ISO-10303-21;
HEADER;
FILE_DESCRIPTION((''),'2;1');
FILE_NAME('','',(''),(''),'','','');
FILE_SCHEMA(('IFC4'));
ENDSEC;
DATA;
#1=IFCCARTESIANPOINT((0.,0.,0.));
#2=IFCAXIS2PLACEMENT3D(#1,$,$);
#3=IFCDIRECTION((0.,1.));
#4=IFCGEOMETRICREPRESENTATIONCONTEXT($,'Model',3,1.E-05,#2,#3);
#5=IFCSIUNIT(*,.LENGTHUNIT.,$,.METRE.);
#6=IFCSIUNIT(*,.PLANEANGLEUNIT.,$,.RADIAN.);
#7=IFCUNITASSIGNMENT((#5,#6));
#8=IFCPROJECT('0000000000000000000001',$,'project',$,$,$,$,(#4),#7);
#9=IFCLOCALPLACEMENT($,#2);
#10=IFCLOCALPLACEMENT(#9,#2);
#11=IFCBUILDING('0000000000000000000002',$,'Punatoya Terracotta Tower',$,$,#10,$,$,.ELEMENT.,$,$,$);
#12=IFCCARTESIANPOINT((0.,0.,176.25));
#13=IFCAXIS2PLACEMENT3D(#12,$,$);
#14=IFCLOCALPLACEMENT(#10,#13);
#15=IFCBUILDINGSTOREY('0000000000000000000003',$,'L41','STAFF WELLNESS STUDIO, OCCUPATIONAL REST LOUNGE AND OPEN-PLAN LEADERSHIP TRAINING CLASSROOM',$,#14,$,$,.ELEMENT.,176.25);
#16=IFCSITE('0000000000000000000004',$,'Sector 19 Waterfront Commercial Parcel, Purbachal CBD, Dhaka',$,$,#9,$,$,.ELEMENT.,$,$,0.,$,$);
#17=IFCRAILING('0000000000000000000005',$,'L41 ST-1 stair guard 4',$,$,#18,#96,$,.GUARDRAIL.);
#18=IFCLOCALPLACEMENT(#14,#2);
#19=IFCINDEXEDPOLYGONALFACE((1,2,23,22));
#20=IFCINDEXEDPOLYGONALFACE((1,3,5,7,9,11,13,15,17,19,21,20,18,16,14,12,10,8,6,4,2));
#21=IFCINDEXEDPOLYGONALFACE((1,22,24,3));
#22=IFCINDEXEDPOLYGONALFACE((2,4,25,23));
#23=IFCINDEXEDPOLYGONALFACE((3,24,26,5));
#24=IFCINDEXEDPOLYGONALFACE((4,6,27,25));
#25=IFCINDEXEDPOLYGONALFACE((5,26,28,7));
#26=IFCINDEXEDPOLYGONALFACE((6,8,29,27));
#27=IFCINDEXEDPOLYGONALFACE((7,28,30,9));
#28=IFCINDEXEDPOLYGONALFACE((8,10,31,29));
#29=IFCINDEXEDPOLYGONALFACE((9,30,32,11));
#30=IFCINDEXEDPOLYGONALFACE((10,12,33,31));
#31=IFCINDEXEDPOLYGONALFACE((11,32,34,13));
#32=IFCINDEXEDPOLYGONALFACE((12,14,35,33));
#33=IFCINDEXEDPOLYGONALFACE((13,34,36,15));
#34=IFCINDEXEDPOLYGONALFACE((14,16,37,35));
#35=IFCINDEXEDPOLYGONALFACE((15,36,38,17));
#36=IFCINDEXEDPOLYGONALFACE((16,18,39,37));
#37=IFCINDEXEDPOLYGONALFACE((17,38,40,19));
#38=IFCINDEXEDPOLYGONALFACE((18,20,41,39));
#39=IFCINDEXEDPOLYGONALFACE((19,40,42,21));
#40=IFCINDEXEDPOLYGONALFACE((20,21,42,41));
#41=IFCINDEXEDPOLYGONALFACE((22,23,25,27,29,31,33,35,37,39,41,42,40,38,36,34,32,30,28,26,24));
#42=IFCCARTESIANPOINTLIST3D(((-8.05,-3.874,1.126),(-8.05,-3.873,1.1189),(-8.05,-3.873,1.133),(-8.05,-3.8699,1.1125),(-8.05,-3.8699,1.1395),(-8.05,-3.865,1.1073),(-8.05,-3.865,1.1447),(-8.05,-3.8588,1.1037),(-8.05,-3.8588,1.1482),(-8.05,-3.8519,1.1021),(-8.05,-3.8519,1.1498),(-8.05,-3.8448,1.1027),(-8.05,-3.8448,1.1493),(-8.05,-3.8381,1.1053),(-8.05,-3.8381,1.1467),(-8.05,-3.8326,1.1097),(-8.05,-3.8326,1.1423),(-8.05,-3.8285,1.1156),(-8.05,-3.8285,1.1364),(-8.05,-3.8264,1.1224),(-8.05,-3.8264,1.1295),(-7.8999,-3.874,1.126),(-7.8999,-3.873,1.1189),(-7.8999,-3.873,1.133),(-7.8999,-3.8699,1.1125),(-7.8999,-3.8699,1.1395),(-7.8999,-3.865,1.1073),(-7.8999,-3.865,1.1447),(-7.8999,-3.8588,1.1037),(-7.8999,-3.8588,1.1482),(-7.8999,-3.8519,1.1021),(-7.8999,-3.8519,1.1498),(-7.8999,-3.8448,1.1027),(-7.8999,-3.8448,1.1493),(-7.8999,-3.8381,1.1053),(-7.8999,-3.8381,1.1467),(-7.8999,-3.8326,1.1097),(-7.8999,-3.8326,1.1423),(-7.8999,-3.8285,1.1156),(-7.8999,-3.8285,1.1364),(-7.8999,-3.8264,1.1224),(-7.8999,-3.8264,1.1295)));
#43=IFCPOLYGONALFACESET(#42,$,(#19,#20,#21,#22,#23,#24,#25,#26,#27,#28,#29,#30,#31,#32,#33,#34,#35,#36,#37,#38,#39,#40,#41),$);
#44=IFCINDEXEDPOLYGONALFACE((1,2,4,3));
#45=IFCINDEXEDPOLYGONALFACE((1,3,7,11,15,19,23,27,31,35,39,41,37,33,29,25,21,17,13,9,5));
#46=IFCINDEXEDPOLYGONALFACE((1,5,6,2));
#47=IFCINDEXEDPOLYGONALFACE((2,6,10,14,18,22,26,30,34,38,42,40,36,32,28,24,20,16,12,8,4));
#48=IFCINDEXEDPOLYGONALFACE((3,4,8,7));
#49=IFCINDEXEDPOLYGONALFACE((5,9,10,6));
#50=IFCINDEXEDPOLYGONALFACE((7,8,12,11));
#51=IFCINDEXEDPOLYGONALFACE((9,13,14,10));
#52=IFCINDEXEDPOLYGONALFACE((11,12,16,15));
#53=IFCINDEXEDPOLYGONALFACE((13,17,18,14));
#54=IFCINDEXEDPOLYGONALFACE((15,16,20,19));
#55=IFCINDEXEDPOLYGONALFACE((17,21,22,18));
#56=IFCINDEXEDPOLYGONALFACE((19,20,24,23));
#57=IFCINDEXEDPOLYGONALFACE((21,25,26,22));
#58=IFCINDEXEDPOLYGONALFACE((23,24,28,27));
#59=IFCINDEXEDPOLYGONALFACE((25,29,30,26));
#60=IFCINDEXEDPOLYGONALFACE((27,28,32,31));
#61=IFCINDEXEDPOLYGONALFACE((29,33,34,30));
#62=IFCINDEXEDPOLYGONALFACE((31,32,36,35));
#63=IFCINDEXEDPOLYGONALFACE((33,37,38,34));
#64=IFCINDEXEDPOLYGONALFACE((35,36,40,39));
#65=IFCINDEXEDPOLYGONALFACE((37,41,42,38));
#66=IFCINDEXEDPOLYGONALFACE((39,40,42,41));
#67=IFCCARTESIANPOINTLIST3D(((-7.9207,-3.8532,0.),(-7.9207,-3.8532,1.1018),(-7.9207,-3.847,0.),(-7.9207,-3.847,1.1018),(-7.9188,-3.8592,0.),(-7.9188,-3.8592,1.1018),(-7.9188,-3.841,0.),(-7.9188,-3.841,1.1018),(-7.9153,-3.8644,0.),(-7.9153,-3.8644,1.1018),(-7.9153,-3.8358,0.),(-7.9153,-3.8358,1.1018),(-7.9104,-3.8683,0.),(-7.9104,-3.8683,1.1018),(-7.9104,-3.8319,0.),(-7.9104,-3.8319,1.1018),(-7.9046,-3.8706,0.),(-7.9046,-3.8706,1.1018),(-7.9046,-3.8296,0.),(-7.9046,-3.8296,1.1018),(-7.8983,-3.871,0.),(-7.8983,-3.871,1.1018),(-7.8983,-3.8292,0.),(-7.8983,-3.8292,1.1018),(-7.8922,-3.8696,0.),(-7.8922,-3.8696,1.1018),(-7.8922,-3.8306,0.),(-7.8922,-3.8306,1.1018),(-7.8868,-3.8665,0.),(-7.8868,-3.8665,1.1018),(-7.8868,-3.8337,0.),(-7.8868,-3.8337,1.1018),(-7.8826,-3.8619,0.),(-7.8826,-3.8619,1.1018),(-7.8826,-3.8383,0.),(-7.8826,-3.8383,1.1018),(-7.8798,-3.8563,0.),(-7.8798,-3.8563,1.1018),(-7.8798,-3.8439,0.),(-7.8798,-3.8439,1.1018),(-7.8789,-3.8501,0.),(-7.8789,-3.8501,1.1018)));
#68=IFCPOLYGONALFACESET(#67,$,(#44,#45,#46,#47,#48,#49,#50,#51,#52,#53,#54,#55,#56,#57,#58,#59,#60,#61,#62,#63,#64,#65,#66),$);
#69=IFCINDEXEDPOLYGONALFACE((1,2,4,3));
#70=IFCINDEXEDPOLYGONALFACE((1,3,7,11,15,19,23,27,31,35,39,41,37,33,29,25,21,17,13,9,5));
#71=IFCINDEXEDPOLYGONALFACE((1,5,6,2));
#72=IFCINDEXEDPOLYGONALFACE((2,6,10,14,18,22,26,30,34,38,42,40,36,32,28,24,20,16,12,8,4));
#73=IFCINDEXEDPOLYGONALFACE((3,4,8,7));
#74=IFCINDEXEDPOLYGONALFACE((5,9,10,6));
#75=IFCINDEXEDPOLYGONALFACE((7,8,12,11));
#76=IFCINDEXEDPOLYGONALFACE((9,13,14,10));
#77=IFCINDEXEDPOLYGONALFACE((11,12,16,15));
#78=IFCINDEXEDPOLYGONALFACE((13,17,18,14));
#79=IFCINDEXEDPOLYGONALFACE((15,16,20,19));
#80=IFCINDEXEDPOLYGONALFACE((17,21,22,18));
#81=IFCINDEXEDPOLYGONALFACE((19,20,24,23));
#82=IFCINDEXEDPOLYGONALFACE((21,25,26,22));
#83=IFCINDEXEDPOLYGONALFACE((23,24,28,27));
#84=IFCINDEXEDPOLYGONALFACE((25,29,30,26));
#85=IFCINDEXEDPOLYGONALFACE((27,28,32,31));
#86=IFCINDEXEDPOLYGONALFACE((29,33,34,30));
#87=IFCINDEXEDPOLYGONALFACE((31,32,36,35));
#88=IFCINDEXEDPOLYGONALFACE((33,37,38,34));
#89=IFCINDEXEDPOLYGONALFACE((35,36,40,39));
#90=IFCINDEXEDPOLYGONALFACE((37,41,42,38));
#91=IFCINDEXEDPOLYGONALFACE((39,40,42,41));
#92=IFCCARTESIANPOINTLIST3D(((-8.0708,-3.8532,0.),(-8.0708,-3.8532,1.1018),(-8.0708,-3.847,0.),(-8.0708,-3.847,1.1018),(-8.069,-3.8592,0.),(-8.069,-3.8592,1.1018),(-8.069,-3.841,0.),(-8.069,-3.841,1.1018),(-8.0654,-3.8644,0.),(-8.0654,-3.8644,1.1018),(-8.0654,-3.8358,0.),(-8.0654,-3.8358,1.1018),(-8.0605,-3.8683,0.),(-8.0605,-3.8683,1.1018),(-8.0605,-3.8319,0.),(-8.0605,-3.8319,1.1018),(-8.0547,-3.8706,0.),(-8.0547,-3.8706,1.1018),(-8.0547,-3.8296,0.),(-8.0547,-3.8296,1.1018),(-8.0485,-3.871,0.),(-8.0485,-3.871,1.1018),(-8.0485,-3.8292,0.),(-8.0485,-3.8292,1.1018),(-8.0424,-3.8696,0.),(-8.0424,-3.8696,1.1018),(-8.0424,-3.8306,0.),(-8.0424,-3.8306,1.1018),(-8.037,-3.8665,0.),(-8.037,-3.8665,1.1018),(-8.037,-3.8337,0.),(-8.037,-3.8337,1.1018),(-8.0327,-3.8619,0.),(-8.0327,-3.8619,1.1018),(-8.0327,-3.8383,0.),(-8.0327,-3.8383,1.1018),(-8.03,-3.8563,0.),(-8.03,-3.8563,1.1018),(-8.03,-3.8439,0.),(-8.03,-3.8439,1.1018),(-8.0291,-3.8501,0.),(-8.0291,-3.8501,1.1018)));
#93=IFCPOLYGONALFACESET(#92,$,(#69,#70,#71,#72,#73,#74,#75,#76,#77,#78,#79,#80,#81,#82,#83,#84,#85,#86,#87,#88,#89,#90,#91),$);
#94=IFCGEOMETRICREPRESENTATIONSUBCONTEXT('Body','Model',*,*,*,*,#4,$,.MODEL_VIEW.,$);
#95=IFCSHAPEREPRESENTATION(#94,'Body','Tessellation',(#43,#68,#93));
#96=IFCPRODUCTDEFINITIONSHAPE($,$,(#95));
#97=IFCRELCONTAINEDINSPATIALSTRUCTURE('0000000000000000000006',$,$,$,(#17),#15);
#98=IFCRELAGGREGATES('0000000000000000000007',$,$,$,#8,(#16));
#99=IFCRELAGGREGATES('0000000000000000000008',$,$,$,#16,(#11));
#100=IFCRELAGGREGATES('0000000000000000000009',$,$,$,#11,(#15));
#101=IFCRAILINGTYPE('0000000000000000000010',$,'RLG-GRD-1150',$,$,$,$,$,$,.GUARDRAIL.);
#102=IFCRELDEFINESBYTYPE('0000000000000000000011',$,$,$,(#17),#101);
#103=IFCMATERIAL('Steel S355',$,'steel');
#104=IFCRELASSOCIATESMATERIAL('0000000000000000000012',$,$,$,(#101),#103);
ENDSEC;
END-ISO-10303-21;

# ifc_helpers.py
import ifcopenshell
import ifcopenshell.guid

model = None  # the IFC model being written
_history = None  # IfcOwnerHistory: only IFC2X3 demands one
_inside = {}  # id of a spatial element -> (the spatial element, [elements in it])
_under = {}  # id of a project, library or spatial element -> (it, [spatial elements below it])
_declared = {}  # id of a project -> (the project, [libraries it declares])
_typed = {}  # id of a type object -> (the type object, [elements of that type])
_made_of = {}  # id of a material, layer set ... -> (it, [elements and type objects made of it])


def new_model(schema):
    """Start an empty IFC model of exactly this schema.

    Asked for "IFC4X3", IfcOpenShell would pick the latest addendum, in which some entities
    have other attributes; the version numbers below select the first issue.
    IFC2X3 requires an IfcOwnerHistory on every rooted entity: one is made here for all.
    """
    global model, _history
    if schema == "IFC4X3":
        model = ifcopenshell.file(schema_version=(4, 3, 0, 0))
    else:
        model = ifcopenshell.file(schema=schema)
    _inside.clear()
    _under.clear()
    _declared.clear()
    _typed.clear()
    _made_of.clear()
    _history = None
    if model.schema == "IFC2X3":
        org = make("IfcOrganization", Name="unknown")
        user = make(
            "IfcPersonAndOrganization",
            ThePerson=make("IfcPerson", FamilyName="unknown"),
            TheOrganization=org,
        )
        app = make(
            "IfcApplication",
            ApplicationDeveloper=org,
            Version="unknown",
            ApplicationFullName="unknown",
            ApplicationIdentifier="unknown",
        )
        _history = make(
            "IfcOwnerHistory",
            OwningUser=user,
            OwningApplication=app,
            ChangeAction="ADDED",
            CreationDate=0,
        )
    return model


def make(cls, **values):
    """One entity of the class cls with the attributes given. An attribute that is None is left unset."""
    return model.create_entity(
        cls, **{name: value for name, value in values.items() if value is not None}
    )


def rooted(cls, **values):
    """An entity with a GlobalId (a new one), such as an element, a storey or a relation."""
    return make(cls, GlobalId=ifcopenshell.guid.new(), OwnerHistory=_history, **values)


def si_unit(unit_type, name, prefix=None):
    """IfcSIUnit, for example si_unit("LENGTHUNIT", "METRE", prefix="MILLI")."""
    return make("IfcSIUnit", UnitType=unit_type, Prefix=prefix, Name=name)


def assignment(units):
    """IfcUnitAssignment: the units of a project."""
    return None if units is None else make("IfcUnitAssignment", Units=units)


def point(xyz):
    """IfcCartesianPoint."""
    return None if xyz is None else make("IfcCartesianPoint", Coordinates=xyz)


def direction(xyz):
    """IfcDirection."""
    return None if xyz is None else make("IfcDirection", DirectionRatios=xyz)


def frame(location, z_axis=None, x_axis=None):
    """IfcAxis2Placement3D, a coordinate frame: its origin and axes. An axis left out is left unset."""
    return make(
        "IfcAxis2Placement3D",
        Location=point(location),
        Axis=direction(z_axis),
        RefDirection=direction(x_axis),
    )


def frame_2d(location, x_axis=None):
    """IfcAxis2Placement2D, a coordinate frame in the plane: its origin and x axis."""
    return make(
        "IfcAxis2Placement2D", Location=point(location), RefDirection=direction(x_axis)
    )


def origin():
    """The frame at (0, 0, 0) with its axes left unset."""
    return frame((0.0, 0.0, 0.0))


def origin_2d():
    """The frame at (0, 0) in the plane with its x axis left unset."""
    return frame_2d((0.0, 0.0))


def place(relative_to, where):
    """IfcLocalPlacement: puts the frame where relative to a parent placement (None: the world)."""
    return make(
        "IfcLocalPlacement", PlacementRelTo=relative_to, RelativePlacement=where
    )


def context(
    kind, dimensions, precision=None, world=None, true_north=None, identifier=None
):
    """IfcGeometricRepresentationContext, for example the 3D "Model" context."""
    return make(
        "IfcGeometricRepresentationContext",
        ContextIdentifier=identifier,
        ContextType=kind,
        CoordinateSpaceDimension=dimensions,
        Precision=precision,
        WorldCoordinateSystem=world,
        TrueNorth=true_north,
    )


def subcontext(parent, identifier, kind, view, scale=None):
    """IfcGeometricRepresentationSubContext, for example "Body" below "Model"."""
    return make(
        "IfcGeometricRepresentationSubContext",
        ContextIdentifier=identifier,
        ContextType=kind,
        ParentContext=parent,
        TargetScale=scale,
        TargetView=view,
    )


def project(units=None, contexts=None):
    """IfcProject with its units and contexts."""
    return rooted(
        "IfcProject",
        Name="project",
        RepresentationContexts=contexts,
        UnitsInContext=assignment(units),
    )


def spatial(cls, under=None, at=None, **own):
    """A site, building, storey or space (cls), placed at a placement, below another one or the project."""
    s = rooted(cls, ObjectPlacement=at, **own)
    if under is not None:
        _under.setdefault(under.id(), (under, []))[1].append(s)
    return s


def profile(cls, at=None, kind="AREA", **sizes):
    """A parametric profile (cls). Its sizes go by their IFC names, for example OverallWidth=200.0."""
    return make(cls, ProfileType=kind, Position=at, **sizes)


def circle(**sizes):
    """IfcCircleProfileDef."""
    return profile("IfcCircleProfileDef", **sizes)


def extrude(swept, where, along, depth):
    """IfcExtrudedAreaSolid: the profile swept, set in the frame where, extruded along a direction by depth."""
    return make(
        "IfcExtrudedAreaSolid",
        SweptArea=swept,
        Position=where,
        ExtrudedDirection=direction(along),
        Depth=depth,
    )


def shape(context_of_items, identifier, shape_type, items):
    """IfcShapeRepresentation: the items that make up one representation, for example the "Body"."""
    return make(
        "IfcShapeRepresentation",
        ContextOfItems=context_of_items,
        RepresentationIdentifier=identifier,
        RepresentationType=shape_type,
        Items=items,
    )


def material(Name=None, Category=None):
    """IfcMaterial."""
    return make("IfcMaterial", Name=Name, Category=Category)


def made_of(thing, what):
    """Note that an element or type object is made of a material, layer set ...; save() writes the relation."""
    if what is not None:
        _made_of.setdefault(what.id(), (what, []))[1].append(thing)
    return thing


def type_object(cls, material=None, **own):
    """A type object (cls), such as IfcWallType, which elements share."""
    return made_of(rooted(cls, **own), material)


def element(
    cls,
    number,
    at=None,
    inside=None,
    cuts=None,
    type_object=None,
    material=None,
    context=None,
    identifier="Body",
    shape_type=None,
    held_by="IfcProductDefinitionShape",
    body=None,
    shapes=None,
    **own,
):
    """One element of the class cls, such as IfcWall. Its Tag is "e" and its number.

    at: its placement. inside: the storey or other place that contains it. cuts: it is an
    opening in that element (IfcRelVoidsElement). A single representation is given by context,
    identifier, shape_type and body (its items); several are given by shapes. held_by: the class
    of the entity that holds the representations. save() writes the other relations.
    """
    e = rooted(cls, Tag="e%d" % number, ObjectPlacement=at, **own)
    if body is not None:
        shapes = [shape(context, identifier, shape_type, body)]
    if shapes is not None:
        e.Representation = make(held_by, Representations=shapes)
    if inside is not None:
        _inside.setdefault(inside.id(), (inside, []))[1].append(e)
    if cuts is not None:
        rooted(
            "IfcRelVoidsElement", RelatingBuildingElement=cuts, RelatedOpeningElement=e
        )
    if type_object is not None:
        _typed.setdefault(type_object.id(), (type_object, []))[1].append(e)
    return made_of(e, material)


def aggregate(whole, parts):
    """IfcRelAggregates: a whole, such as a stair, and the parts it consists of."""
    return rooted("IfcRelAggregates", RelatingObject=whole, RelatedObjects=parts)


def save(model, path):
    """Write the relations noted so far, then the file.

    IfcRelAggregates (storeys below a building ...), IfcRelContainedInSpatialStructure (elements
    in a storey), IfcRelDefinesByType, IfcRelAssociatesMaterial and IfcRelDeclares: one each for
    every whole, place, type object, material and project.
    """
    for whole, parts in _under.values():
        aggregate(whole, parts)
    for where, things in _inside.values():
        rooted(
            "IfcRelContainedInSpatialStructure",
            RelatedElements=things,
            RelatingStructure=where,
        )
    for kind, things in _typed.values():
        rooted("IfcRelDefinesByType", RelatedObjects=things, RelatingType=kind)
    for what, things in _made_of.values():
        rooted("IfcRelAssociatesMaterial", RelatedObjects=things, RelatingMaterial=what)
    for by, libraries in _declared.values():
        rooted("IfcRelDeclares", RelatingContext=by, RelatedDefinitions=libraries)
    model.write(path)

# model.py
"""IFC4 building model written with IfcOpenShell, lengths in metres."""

from ifc_helpers import new_model, si_unit, direction, frame, origin, origin_2d, place, context, subcontext, project, spatial, circle, extrude, material, type_object, element, save


model = new_model("IFC4")

# Units and contexts
model_context = context("Model", 3, precision=1e-05, world=origin(), true_north=direction((0.0, 1.0)))
body_context = subcontext(model_context, "Body", "Model", "MODEL_VIEW")
ifc_project = project(units=[si_unit("LENGTHUNIT", "METRE"), si_unit("PLANEANGLEUNIT", "RADIAN")], contexts=[model_context])

# Site, building, storey
site_placement = place(None, origin())
site = spatial("IfcSite", under=ifc_project, at=site_placement, Name="Sector 19 Waterfront Commercial Parcel, Purbachal CBD, Dhaka", CompositionType="ELEMENT", RefElevation=0.0)
building_placement = place(site_placement, origin())
building = spatial("IfcBuilding", under=site, at=building_placement, Name="Punatoya Terracotta Tower", CompositionType="ELEMENT")
storey_placement = place(building_placement, frame((0.0, 0.0, 176.25)))
storey = spatial("IfcBuildingStorey", under=building, at=storey_placement, Name="L41", Description="STAFF WELLNESS STUDIO, OCCUPATIONAL REST LOUNGE AND OPEN-PLAN LEADERSHIP TRAINING CLASSROOM", CompositionType="ELEMENT", Elevation=176.25)

# Shared definitions
ifc_material_1 = material(Name="Steel S355", Category="steel")

# Railing
railing_type_1 = type_object("IfcRailingType", Name="RLG-GRD-1150", PredefinedType="GUARDRAIL", material=ifc_material_1)
railing_1_placement = place(storey_placement, frame((-7.8999, -3.8501, 0.0)))
element("IfcRailing", 1, at=railing_1_placement, inside=storey, type_object=railing_type_1, Name="L41 ST-1 stair guard 4", PredefinedType="GUARDRAIL", context=body_context, shape_type="SweptSolid", body=[
    extrude(circle(Radius=0.0239, at=origin_2d()), frame((0.0, 0.0, 1.126), z_axis=(-1.0, 0.0, 0.0), x_axis=(0.0, -1.0, 0.0)), (0.0, 0.0, 1.0), 0.1501),
    extrude(circle(Radius=0.021, at=origin_2d()), origin(), (0.0, 0.0, 1.0), 1.1018),
    extrude(circle(Radius=0.021, at=origin_2d()), frame((-0.1501, 0.0, 0.0)), (0.0, 0.0, 1.0), 1.1018),
])

save(model, "model.ifc")
